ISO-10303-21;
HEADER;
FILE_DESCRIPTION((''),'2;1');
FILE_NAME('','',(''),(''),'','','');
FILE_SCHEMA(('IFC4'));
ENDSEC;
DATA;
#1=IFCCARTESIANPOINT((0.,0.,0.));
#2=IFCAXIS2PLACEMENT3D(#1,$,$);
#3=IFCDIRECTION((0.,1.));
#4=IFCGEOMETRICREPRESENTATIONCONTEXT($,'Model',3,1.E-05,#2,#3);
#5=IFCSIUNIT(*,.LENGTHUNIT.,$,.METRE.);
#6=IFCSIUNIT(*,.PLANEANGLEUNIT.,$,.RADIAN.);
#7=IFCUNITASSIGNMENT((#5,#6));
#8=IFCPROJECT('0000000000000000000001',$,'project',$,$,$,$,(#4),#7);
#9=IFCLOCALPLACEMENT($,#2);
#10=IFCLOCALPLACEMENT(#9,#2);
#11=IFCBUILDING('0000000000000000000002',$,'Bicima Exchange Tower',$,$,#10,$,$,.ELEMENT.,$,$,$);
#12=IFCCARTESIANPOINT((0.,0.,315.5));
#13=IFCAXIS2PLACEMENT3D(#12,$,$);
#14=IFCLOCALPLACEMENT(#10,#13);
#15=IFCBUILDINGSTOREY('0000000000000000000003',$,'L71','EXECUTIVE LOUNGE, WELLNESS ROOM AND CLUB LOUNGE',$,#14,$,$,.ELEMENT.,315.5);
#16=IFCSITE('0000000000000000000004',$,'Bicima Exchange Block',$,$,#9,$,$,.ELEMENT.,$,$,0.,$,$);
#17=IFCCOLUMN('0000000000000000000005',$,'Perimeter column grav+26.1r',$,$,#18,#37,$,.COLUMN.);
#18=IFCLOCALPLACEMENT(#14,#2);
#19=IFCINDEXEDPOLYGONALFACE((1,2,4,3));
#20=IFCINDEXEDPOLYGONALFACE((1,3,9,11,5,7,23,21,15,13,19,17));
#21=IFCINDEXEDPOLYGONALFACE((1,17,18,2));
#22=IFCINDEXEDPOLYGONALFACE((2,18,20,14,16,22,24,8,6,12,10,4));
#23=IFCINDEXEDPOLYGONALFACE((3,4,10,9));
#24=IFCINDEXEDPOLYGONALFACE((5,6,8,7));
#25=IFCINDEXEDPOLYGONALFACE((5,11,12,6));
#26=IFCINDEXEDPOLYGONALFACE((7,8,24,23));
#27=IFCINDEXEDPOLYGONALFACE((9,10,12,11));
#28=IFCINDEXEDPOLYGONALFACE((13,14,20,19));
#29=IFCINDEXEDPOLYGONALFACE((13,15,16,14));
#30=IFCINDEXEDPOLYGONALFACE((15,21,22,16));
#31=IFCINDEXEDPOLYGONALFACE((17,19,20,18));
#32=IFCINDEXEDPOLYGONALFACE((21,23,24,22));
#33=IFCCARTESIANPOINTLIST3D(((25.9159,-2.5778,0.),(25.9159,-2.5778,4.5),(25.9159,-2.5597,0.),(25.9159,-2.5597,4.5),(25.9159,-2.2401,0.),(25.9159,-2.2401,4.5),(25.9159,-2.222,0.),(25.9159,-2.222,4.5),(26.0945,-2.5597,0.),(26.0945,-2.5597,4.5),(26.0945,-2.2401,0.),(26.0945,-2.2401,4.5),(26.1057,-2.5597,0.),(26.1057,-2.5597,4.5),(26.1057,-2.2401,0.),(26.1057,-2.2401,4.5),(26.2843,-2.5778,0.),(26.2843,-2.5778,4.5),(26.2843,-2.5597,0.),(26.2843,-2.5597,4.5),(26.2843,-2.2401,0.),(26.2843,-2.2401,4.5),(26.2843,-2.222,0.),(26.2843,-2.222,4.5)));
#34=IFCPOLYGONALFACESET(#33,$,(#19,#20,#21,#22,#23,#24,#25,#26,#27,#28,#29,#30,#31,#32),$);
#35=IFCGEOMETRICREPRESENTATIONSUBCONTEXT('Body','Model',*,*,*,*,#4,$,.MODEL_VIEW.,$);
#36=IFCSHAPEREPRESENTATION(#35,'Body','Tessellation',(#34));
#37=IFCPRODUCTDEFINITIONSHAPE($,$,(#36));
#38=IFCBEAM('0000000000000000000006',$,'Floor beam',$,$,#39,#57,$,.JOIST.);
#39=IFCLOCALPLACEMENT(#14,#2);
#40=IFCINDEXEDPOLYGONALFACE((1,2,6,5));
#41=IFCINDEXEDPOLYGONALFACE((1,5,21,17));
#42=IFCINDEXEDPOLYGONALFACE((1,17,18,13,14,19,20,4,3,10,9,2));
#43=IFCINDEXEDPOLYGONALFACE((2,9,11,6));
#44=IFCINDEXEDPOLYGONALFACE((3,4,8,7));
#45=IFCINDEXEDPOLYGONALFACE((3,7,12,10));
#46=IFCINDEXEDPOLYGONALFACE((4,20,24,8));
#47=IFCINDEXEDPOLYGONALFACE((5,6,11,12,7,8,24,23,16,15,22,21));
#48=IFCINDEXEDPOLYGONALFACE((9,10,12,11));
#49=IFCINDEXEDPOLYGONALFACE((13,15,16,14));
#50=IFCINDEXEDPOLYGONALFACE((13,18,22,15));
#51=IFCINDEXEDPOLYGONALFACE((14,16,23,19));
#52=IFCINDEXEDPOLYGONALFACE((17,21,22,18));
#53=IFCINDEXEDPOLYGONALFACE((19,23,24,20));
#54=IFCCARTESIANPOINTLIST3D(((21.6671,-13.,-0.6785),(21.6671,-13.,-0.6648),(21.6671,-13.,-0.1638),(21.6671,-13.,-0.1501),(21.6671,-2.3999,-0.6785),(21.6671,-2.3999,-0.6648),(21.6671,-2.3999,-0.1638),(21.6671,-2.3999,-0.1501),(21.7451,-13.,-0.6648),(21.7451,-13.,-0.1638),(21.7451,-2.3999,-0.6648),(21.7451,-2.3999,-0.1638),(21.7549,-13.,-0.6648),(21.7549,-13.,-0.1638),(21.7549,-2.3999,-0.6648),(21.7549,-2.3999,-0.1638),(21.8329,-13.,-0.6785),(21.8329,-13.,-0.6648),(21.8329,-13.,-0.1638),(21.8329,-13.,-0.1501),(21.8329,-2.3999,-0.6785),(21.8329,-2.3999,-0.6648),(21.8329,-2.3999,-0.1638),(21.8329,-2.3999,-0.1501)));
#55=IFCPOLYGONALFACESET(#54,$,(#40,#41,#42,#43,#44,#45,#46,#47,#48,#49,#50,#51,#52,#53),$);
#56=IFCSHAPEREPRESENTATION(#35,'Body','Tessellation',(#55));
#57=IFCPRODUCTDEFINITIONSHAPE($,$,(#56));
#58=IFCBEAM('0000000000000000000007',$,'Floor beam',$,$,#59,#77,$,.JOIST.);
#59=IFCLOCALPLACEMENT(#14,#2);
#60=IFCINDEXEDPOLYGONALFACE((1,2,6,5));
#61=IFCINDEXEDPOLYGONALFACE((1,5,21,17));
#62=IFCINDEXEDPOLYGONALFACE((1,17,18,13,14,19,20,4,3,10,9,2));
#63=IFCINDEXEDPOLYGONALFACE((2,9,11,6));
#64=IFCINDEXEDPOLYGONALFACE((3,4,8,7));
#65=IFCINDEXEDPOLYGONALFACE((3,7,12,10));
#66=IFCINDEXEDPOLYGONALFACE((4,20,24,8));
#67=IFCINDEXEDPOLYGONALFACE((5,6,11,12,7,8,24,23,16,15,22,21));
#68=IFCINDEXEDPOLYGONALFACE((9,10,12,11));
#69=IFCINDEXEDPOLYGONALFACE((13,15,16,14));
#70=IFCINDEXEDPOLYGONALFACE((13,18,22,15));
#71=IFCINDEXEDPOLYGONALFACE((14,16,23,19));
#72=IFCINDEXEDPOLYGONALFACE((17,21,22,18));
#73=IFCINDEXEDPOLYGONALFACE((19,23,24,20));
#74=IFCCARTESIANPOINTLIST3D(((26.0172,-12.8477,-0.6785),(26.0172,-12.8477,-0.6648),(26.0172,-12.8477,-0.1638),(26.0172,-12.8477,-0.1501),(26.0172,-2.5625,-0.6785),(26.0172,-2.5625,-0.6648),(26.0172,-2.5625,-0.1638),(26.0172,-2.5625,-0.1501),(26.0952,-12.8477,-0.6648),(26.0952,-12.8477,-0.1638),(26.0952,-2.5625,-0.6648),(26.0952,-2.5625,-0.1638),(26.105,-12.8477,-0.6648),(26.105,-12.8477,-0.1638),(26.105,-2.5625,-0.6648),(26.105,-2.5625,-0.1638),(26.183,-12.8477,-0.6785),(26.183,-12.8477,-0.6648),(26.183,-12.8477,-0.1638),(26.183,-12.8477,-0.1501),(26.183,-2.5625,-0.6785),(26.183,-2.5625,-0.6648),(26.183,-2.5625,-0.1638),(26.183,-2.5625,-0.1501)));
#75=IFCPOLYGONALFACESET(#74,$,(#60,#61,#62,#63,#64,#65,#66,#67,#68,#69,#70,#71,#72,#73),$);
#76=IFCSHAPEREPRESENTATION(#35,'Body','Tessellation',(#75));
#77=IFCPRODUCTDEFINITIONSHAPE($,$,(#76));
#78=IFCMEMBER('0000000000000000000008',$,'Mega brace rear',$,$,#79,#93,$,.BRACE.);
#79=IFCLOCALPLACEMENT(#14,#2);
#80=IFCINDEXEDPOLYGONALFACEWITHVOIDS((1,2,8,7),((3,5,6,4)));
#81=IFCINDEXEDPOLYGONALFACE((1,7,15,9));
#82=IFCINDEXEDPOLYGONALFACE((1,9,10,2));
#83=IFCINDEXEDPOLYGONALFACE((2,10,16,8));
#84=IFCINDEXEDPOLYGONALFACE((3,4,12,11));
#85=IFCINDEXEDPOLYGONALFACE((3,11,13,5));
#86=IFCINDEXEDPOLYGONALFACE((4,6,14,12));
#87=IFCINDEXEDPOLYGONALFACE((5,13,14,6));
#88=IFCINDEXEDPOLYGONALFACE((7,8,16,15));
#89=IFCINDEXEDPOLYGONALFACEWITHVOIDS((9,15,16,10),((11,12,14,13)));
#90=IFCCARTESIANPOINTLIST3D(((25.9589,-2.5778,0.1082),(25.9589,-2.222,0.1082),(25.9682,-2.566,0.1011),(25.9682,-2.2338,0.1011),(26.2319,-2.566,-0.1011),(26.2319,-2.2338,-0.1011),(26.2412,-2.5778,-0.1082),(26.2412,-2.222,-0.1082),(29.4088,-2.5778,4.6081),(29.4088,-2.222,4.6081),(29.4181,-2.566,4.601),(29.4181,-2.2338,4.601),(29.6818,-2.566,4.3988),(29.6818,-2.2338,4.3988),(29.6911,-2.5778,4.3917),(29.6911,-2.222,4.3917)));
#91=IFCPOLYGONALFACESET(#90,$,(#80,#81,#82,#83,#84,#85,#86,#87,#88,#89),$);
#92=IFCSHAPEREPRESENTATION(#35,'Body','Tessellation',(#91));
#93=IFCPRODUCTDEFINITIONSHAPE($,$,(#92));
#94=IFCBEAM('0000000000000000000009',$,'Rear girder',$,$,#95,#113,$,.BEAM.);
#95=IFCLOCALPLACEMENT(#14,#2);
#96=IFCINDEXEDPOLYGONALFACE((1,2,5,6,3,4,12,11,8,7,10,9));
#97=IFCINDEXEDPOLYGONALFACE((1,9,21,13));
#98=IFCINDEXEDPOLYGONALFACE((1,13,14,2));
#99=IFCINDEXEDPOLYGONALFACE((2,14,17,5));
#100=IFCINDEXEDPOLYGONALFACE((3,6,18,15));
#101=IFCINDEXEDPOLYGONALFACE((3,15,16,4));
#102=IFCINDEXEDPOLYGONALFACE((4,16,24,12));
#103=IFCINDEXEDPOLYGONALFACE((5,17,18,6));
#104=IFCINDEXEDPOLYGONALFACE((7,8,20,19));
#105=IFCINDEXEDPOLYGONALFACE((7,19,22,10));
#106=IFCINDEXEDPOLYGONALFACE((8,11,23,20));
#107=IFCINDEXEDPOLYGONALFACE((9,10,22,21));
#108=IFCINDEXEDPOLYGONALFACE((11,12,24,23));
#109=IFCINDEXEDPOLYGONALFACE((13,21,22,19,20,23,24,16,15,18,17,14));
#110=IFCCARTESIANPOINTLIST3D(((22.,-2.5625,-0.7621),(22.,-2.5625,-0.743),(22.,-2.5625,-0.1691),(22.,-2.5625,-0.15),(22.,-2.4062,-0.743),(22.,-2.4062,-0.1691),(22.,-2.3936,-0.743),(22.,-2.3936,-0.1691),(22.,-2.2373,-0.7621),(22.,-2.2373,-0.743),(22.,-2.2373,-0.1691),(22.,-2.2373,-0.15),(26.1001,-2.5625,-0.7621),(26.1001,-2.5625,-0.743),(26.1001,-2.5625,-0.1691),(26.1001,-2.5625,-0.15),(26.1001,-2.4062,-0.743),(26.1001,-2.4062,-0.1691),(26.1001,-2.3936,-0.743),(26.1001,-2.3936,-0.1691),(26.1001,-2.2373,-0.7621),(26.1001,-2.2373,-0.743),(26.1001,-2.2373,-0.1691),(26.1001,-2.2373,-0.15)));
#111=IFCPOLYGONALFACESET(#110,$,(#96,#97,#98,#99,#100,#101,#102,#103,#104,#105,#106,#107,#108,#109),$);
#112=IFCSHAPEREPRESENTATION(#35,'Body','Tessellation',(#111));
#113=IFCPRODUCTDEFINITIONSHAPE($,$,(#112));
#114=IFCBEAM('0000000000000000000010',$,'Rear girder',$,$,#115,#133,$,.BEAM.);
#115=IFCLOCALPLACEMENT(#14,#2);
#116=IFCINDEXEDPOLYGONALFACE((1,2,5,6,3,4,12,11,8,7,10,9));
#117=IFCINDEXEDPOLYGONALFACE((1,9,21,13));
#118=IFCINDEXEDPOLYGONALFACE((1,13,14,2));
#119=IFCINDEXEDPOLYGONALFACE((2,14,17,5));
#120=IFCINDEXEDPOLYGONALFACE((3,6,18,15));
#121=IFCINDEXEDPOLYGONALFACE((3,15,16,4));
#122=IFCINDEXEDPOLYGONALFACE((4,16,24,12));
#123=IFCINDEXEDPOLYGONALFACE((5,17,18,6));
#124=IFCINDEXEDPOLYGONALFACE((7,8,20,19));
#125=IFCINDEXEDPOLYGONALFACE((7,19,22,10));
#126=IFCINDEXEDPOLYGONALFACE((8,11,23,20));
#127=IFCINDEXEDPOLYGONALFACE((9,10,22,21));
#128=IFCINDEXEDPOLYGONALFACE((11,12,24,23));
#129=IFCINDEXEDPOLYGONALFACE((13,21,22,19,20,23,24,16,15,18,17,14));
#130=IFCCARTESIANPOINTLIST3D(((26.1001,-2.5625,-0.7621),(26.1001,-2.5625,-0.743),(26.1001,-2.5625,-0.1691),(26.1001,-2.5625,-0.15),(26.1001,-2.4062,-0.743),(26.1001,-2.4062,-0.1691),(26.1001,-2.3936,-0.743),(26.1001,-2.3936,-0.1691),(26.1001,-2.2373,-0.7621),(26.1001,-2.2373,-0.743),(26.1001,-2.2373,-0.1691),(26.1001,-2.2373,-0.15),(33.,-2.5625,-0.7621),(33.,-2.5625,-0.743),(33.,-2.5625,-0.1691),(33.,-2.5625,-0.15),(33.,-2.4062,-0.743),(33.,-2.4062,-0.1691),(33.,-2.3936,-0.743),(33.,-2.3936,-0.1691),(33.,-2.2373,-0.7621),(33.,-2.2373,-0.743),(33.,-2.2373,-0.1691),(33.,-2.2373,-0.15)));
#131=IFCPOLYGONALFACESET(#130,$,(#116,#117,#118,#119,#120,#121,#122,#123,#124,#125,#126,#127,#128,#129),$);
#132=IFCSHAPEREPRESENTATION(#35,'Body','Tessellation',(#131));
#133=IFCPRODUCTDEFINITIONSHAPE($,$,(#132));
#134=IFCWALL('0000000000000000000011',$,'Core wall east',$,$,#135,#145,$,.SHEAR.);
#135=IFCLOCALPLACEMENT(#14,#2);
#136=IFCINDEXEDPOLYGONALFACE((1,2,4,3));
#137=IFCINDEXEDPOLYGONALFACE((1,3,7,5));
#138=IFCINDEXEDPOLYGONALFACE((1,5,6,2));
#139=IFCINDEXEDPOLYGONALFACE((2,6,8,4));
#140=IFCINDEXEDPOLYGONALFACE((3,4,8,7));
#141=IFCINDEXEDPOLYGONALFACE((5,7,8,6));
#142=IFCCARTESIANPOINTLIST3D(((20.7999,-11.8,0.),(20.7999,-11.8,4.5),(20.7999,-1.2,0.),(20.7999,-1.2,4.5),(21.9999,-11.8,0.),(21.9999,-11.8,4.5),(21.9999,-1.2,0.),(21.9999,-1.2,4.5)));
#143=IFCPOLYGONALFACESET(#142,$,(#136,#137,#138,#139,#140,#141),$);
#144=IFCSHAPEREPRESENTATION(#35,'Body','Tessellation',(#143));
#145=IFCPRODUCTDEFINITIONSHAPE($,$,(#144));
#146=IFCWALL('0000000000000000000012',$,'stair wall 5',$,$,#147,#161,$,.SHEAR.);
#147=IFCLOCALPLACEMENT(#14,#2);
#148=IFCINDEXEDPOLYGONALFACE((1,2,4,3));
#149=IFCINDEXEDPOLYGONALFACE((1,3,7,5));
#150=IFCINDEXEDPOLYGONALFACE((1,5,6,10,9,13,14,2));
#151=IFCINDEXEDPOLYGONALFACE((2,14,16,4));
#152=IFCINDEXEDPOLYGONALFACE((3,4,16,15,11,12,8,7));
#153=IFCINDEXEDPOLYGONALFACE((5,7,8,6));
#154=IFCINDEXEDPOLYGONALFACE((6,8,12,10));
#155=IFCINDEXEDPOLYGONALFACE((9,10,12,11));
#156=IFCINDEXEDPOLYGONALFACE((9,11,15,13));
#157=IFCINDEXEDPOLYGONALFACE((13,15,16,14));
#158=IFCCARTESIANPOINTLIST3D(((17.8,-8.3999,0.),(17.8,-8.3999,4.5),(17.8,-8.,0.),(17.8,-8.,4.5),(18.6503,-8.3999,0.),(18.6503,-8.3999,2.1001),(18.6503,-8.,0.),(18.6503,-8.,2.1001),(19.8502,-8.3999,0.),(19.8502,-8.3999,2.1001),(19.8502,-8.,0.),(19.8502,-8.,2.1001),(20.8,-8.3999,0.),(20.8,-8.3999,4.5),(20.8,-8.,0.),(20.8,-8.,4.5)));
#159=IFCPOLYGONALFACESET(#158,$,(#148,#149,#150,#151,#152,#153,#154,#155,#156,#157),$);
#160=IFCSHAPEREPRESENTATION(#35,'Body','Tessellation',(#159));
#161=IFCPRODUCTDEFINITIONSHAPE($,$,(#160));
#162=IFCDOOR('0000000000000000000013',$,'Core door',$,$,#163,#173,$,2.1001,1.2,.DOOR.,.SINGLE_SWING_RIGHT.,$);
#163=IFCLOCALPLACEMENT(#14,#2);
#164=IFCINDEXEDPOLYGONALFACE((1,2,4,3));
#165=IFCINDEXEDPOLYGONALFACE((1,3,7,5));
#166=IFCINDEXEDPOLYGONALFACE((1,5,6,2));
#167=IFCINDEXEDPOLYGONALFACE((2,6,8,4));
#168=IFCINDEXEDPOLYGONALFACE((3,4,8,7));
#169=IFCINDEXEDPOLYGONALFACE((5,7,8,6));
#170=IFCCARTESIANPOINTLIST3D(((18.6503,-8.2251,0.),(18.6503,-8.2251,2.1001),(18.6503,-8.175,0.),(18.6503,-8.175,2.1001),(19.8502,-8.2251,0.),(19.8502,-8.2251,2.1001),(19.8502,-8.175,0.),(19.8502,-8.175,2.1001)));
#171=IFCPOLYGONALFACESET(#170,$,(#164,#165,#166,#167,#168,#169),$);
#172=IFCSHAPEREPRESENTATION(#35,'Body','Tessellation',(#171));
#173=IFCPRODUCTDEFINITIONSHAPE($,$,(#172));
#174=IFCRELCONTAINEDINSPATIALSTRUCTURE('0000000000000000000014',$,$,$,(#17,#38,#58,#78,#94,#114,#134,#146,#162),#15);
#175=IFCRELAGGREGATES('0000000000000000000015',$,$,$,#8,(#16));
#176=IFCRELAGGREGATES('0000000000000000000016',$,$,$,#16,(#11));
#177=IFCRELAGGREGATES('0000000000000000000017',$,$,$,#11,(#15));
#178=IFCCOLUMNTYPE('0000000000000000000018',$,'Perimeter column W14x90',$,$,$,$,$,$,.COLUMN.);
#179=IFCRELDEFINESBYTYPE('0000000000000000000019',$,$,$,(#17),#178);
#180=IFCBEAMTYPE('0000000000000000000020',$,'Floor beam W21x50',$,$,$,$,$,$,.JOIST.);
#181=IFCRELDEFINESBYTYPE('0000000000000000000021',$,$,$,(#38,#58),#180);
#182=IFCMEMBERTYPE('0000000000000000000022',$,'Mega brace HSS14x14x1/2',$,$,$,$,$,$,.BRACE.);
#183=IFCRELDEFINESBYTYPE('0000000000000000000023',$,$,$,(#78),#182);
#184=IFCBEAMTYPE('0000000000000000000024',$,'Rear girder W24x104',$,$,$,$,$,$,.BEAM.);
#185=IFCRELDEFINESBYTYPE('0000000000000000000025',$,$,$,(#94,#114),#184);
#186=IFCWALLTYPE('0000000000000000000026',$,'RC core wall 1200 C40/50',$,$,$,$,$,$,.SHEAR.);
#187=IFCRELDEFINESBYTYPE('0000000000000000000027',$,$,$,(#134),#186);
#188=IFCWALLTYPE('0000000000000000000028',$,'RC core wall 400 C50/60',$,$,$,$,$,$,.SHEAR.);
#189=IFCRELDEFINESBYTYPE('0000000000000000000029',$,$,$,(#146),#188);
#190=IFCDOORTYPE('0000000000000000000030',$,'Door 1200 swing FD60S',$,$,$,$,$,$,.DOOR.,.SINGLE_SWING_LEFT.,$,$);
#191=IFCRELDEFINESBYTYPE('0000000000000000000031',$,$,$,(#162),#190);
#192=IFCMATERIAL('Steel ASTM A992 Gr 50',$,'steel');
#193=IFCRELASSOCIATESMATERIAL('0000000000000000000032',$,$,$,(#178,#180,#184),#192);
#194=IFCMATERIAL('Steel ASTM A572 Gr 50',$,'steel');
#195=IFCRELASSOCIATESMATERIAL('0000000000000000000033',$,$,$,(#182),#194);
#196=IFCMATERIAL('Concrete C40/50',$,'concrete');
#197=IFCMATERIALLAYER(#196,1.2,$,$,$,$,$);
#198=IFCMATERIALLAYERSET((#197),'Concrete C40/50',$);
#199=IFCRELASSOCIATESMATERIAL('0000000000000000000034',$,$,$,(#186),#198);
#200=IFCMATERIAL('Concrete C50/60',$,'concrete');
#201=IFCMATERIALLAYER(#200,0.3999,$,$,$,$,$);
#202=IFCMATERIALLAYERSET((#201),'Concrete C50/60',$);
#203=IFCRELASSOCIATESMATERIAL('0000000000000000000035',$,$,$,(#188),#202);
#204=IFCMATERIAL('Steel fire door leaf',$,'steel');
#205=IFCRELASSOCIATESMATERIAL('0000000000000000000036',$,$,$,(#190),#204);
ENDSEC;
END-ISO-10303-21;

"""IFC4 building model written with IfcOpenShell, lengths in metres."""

from ifc_helpers import new_model, si_unit, direction, frame, frame_2d, origin, origin_2d, place, context, subcontext, project, spatial, rectangle, hollow_rectangle, i_section, extrude, material, layer, layer_set, material_profile, profile_set, type_object, element, fill, save


model = new_model("IFC4")

# Units and contexts
model_context = context("Model", 3, precision=1e-05, world=origin(), true_north=direction((0.0, 1.0)))
body_context = subcontext(model_context, "Body", "Model", "MODEL_VIEW")
ifc_project = project(units=[si_unit("LENGTHUNIT", "METRE"), si_unit("PLANEANGLEUNIT", "RADIAN")], contexts=[model_context])

# Site, building, storey
site_placement = place(None, origin())
site = spatial("IfcSite", under=ifc_project, at=site_placement, Name="Bicima Exchange Block", CompositionType="ELEMENT", RefElevation=0.0)
building_placement = place(site_placement, origin())
building = spatial("IfcBuilding", under=site, at=building_placement, Name="Bicima Exchange Tower", CompositionType="ELEMENT")
storey_placement = place(building_placement, frame((0.0, 0.0, 315.5)))
storey = spatial("IfcBuildingStorey", under=building, at=storey_placement, Name="L71", Description="EXECUTIVE LOUNGE, WELLNESS ROOM AND CLUB LOUNGE", CompositionType="ELEMENT", Elevation=315.5)

# Column
ifc_material_1 = material(Name="Steel ASTM A992 Gr 50", Category="steel")
ifc_material_profile_1 = material_profile(ifc_material_1, i_section(OverallWidth=0.3684, OverallDepth=0.3557, WebThickness=0.0112, FlangeThickness=0.0181, at=origin_2d()))
ifc_profile_set_1 = profile_set([ifc_material_profile_1], Name="Steel ASTM A992 Gr 50")
column_type = type_object("IfcColumnType", Name="Perimeter column W14x90", PredefinedType="COLUMN", material=ifc_profile_set_1)
column_placement = place(storey_placement, frame((26.1001, -2.3999, 0.0), z_axis=(0.0, 0.0, 1.0), x_axis=(1.0, 0.0, 0.0)))
element("IfcColumn", 1, at=column_placement, inside=storey, type_object=column_type, Name="Perimeter column grav+26.1r", PredefinedType="COLUMN", context=body_context, shape_type="SweptSolid", body=[
    extrude(i_section(OverallWidth=0.3684, OverallDepth=0.3557, WebThickness=0.0112, FlangeThickness=0.0181, at=origin_2d()), origin(), (0.0, 0.0, 1.0), 4.5),
])

# Beams
ifc_material_profile_2 = material_profile(ifc_material_1, i_section(OverallWidth=0.1658, OverallDepth=0.5283, WebThickness=0.0098, FlangeThickness=0.0137, at=origin_2d()))
ifc_profile_set_2 = profile_set([ifc_material_profile_2], Name="Steel ASTM A992 Gr 50")
beam_type_1 = type_object("IfcBeamType", Name="Floor beam W21x50", PredefinedType="JOIST", material=ifc_profile_set_2)
beam_1_placement = place(storey_placement, frame((21.75, -2.3999, -0.4143), z_axis=(0.0, -1.0, 0.0), x_axis=(1.0, 0.0, 0.0)))
element("IfcBeam", 2, at=beam_1_placement, inside=storey, type_object=beam_type_1, Name="Floor beam", PredefinedType="JOIST", context=body_context, shape_type="SweptSolid", body=[
    extrude(i_section(OverallWidth=0.1658, OverallDepth=0.5283, WebThickness=0.0098, FlangeThickness=0.0137, at=origin_2d()), origin(), (0.0, 0.0, 1.0), 10.6001),
])
beam_2_placement = place(storey_placement, frame((26.1001, -2.5625, -0.4143), z_axis=(0.0, -1.0, 0.0), x_axis=(1.0, 0.0, 0.0)))
element("IfcBeam", 3, at=beam_2_placement, inside=storey, type_object=beam_type_1, Name="Floor beam", PredefinedType="JOIST", context=body_context, shape_type="SweptSolid", body=[
    extrude(i_section(OverallWidth=0.1658, OverallDepth=0.5283, WebThickness=0.0098, FlangeThickness=0.0137, at=origin_2d()), origin(), (0.0, 0.0, 1.0), 10.2852),
])

# Member
ifc_material_2 = material(Name="Steel ASTM A572 Gr 50", Category="steel")
ifc_material_profile_3 = material_profile(ifc_material_2, hollow_rectangle(XDim=0.3557, YDim=0.3557, WallThickness=0.0117, at=origin_2d()))
ifc_profile_set_3 = profile_set([ifc_material_profile_3], Name="Steel ASTM A572 Gr 50")
member_type = type_object("IfcMemberType", Name="Mega brace HSS14x14x1/2", PredefinedType="BRACE", material=ifc_profile_set_3)
member_placement = place(storey_placement, frame((26.1001, -2.3999, 0.0), z_axis=(0.608426, 0.0, 0.793611), x_axis=(0.0, 1.0, 0.0)))
element("IfcMember", 4, at=member_placement, inside=storey, type_object=member_type, Name="Mega brace rear", PredefinedType="BRACE", context=body_context, shape_type="SweptSolid", body=[
    extrude(hollow_rectangle(XDim=0.3557, YDim=0.3557, WallThickness=0.0117, at=origin_2d()), origin(), (0.0, 0.0, 1.0), 5.6702),
])

# Beams
ifc_material_profile_4 = material_profile(ifc_material_1, i_section(OverallWidth=0.3252, OverallDepth=0.6121, WebThickness=0.0127, FlangeThickness=0.019, at=origin_2d()))
ifc_profile_set_4 = profile_set([ifc_material_profile_4], Name="Steel ASTM A992 Gr 50")
beam_type_2 = type_object("IfcBeamType", Name="Rear girder W24x104", PredefinedType="BEAM", material=ifc_profile_set_4)
beam_3_placement = place(storey_placement, frame((22.0, -2.3999, -0.4561), z_axis=(1.0, 0.0, 0.0), x_axis=(0.0, 1.0, 0.0)))
element("IfcBeam", 5, at=beam_3_placement, inside=storey, type_object=beam_type_2, Name="Rear girder", PredefinedType="BEAM", context=body_context, shape_type="SweptSolid", body=[
    extrude(i_section(OverallWidth=0.3252, OverallDepth=0.6121, WebThickness=0.0127, FlangeThickness=0.019, at=origin_2d()), origin(), (0.0, 0.0, 1.0), 4.1001),
])
beam_4_placement = place(storey_placement, frame((26.1001, -2.3999, -0.4561), z_axis=(1.0, 0.0, 0.0), x_axis=(0.0, 1.0, 0.0)))
element("IfcBeam", 6, at=beam_4_placement, inside=storey, type_object=beam_type_2, Name="Rear girder", PredefinedType="BEAM", context=body_context, shape_type="SweptSolid", body=[
    extrude(i_section(OverallWidth=0.3252, OverallDepth=0.6121, WebThickness=0.0127, FlangeThickness=0.019, at=origin_2d()), origin(), (0.0, 0.0, 1.0), 6.8999),
])

# Wall
ifc_material_3 = material(Name="Concrete C40/50", Category="concrete")
ifc_layer_1 = layer(ifc_material_3, 1.2)
ifc_layer_set_1 = layer_set([ifc_layer_1], Name="Concrete C40/50")
wall_type_1 = type_object("IfcWallType", Name="RC core wall 1200 C40/50", PredefinedType="SHEAR", material=ifc_layer_set_1)
wall_1_placement = place(storey_placement, frame((21.3999, -11.8, 0.0), z_axis=(0.0, 0.0, 1.0), x_axis=(0.0, 1.0, 0.0)))
element("IfcWall", 7, at=wall_1_placement, inside=storey, type_object=wall_type_1, Name="Core wall east", PredefinedType="SHEAR", context=body_context, shape_type="SweptSolid", body=[
    extrude(rectangle(XDim=10.6001, YDim=1.2, at=frame_2d((5.3, 0.0))), origin(), (0.0, 0.0, 1.0), 4.5),
])

# Wall, opening, door
ifc_material_4 = material(Name="Concrete C50/60", Category="concrete")
ifc_layer_2 = layer(ifc_material_4, 0.3999)
ifc_layer_set_2 = layer_set([ifc_layer_2], Name="Concrete C50/60")
wall_type_2 = type_object("IfcWallType", Name="RC core wall 400 C50/60", PredefinedType="SHEAR", material=ifc_layer_set_2)
wall_2_placement = place(storey_placement, frame((17.8, -8.2, 0.0), z_axis=(0.0, 0.0, 1.0), x_axis=(1.0, 0.0, 0.0)))
wall_2 = element("IfcWall", 8, at=wall_2_placement, inside=storey, type_object=wall_type_2, Name="stair wall 5", PredefinedType="SHEAR", context=body_context, shape_type="SweptSolid", body=[
    extrude(rectangle(XDim=3.0, YDim=0.3999, at=frame_2d((1.5, 0.0))), origin(), (0.0, 0.0, 1.0), 4.5),
])
opening_1_placement = place(wall_2_placement, frame((0.8501, 0.0, 0.0)))
opening_1 = element("IfcOpeningElement", 9, at=opening_1_placement, cuts=wall_2, PredefinedType="OPENING", context=body_context, shape_type="SweptSolid", body=[
    extrude(rectangle(XDim=1.2, YDim=2.1001, at=frame_2d((0.6001, 1.05))), frame((0.0, 0.2119, 0.0), z_axis=(0.0, -1.0, 0.0), x_axis=(1.0, 0.0, 0.0)), (0.0, 0.0, 1.0), 0.4238),
])
ifc_material_5 = material(Name="Steel fire door leaf", Category="steel")
door_type_1 = type_object("IfcDoorType", Name="Door 1200 swing FD60S", OperationType="SINGLE_SWING_LEFT", PredefinedType="DOOR", material=ifc_material_5)
door_1_placement = place(opening_1_placement, origin())
door_1 = element("IfcDoor", 10, at=door_1_placement, inside=storey, type_object=door_type_1, Name="Core door", OperationType="SINGLE_SWING_RIGHT", OverallHeight=2.1001, OverallWidth=1.2, PredefinedType="DOOR", context=body_context, shape_type="SweptSolid", body=[
    extrude(rectangle(XDim=1.2, YDim=2.1001, at=frame_2d((0.6001, 1.05))), frame((0.0, 0.0249, 0.0), z_axis=(0.0, -1.0, 0.0), x_axis=(1.0, 0.0, 0.0)), (0.0, 0.0, 1.0), 0.05),
])
fill(opening_1, door_1)

save(model, "model.ifc")
